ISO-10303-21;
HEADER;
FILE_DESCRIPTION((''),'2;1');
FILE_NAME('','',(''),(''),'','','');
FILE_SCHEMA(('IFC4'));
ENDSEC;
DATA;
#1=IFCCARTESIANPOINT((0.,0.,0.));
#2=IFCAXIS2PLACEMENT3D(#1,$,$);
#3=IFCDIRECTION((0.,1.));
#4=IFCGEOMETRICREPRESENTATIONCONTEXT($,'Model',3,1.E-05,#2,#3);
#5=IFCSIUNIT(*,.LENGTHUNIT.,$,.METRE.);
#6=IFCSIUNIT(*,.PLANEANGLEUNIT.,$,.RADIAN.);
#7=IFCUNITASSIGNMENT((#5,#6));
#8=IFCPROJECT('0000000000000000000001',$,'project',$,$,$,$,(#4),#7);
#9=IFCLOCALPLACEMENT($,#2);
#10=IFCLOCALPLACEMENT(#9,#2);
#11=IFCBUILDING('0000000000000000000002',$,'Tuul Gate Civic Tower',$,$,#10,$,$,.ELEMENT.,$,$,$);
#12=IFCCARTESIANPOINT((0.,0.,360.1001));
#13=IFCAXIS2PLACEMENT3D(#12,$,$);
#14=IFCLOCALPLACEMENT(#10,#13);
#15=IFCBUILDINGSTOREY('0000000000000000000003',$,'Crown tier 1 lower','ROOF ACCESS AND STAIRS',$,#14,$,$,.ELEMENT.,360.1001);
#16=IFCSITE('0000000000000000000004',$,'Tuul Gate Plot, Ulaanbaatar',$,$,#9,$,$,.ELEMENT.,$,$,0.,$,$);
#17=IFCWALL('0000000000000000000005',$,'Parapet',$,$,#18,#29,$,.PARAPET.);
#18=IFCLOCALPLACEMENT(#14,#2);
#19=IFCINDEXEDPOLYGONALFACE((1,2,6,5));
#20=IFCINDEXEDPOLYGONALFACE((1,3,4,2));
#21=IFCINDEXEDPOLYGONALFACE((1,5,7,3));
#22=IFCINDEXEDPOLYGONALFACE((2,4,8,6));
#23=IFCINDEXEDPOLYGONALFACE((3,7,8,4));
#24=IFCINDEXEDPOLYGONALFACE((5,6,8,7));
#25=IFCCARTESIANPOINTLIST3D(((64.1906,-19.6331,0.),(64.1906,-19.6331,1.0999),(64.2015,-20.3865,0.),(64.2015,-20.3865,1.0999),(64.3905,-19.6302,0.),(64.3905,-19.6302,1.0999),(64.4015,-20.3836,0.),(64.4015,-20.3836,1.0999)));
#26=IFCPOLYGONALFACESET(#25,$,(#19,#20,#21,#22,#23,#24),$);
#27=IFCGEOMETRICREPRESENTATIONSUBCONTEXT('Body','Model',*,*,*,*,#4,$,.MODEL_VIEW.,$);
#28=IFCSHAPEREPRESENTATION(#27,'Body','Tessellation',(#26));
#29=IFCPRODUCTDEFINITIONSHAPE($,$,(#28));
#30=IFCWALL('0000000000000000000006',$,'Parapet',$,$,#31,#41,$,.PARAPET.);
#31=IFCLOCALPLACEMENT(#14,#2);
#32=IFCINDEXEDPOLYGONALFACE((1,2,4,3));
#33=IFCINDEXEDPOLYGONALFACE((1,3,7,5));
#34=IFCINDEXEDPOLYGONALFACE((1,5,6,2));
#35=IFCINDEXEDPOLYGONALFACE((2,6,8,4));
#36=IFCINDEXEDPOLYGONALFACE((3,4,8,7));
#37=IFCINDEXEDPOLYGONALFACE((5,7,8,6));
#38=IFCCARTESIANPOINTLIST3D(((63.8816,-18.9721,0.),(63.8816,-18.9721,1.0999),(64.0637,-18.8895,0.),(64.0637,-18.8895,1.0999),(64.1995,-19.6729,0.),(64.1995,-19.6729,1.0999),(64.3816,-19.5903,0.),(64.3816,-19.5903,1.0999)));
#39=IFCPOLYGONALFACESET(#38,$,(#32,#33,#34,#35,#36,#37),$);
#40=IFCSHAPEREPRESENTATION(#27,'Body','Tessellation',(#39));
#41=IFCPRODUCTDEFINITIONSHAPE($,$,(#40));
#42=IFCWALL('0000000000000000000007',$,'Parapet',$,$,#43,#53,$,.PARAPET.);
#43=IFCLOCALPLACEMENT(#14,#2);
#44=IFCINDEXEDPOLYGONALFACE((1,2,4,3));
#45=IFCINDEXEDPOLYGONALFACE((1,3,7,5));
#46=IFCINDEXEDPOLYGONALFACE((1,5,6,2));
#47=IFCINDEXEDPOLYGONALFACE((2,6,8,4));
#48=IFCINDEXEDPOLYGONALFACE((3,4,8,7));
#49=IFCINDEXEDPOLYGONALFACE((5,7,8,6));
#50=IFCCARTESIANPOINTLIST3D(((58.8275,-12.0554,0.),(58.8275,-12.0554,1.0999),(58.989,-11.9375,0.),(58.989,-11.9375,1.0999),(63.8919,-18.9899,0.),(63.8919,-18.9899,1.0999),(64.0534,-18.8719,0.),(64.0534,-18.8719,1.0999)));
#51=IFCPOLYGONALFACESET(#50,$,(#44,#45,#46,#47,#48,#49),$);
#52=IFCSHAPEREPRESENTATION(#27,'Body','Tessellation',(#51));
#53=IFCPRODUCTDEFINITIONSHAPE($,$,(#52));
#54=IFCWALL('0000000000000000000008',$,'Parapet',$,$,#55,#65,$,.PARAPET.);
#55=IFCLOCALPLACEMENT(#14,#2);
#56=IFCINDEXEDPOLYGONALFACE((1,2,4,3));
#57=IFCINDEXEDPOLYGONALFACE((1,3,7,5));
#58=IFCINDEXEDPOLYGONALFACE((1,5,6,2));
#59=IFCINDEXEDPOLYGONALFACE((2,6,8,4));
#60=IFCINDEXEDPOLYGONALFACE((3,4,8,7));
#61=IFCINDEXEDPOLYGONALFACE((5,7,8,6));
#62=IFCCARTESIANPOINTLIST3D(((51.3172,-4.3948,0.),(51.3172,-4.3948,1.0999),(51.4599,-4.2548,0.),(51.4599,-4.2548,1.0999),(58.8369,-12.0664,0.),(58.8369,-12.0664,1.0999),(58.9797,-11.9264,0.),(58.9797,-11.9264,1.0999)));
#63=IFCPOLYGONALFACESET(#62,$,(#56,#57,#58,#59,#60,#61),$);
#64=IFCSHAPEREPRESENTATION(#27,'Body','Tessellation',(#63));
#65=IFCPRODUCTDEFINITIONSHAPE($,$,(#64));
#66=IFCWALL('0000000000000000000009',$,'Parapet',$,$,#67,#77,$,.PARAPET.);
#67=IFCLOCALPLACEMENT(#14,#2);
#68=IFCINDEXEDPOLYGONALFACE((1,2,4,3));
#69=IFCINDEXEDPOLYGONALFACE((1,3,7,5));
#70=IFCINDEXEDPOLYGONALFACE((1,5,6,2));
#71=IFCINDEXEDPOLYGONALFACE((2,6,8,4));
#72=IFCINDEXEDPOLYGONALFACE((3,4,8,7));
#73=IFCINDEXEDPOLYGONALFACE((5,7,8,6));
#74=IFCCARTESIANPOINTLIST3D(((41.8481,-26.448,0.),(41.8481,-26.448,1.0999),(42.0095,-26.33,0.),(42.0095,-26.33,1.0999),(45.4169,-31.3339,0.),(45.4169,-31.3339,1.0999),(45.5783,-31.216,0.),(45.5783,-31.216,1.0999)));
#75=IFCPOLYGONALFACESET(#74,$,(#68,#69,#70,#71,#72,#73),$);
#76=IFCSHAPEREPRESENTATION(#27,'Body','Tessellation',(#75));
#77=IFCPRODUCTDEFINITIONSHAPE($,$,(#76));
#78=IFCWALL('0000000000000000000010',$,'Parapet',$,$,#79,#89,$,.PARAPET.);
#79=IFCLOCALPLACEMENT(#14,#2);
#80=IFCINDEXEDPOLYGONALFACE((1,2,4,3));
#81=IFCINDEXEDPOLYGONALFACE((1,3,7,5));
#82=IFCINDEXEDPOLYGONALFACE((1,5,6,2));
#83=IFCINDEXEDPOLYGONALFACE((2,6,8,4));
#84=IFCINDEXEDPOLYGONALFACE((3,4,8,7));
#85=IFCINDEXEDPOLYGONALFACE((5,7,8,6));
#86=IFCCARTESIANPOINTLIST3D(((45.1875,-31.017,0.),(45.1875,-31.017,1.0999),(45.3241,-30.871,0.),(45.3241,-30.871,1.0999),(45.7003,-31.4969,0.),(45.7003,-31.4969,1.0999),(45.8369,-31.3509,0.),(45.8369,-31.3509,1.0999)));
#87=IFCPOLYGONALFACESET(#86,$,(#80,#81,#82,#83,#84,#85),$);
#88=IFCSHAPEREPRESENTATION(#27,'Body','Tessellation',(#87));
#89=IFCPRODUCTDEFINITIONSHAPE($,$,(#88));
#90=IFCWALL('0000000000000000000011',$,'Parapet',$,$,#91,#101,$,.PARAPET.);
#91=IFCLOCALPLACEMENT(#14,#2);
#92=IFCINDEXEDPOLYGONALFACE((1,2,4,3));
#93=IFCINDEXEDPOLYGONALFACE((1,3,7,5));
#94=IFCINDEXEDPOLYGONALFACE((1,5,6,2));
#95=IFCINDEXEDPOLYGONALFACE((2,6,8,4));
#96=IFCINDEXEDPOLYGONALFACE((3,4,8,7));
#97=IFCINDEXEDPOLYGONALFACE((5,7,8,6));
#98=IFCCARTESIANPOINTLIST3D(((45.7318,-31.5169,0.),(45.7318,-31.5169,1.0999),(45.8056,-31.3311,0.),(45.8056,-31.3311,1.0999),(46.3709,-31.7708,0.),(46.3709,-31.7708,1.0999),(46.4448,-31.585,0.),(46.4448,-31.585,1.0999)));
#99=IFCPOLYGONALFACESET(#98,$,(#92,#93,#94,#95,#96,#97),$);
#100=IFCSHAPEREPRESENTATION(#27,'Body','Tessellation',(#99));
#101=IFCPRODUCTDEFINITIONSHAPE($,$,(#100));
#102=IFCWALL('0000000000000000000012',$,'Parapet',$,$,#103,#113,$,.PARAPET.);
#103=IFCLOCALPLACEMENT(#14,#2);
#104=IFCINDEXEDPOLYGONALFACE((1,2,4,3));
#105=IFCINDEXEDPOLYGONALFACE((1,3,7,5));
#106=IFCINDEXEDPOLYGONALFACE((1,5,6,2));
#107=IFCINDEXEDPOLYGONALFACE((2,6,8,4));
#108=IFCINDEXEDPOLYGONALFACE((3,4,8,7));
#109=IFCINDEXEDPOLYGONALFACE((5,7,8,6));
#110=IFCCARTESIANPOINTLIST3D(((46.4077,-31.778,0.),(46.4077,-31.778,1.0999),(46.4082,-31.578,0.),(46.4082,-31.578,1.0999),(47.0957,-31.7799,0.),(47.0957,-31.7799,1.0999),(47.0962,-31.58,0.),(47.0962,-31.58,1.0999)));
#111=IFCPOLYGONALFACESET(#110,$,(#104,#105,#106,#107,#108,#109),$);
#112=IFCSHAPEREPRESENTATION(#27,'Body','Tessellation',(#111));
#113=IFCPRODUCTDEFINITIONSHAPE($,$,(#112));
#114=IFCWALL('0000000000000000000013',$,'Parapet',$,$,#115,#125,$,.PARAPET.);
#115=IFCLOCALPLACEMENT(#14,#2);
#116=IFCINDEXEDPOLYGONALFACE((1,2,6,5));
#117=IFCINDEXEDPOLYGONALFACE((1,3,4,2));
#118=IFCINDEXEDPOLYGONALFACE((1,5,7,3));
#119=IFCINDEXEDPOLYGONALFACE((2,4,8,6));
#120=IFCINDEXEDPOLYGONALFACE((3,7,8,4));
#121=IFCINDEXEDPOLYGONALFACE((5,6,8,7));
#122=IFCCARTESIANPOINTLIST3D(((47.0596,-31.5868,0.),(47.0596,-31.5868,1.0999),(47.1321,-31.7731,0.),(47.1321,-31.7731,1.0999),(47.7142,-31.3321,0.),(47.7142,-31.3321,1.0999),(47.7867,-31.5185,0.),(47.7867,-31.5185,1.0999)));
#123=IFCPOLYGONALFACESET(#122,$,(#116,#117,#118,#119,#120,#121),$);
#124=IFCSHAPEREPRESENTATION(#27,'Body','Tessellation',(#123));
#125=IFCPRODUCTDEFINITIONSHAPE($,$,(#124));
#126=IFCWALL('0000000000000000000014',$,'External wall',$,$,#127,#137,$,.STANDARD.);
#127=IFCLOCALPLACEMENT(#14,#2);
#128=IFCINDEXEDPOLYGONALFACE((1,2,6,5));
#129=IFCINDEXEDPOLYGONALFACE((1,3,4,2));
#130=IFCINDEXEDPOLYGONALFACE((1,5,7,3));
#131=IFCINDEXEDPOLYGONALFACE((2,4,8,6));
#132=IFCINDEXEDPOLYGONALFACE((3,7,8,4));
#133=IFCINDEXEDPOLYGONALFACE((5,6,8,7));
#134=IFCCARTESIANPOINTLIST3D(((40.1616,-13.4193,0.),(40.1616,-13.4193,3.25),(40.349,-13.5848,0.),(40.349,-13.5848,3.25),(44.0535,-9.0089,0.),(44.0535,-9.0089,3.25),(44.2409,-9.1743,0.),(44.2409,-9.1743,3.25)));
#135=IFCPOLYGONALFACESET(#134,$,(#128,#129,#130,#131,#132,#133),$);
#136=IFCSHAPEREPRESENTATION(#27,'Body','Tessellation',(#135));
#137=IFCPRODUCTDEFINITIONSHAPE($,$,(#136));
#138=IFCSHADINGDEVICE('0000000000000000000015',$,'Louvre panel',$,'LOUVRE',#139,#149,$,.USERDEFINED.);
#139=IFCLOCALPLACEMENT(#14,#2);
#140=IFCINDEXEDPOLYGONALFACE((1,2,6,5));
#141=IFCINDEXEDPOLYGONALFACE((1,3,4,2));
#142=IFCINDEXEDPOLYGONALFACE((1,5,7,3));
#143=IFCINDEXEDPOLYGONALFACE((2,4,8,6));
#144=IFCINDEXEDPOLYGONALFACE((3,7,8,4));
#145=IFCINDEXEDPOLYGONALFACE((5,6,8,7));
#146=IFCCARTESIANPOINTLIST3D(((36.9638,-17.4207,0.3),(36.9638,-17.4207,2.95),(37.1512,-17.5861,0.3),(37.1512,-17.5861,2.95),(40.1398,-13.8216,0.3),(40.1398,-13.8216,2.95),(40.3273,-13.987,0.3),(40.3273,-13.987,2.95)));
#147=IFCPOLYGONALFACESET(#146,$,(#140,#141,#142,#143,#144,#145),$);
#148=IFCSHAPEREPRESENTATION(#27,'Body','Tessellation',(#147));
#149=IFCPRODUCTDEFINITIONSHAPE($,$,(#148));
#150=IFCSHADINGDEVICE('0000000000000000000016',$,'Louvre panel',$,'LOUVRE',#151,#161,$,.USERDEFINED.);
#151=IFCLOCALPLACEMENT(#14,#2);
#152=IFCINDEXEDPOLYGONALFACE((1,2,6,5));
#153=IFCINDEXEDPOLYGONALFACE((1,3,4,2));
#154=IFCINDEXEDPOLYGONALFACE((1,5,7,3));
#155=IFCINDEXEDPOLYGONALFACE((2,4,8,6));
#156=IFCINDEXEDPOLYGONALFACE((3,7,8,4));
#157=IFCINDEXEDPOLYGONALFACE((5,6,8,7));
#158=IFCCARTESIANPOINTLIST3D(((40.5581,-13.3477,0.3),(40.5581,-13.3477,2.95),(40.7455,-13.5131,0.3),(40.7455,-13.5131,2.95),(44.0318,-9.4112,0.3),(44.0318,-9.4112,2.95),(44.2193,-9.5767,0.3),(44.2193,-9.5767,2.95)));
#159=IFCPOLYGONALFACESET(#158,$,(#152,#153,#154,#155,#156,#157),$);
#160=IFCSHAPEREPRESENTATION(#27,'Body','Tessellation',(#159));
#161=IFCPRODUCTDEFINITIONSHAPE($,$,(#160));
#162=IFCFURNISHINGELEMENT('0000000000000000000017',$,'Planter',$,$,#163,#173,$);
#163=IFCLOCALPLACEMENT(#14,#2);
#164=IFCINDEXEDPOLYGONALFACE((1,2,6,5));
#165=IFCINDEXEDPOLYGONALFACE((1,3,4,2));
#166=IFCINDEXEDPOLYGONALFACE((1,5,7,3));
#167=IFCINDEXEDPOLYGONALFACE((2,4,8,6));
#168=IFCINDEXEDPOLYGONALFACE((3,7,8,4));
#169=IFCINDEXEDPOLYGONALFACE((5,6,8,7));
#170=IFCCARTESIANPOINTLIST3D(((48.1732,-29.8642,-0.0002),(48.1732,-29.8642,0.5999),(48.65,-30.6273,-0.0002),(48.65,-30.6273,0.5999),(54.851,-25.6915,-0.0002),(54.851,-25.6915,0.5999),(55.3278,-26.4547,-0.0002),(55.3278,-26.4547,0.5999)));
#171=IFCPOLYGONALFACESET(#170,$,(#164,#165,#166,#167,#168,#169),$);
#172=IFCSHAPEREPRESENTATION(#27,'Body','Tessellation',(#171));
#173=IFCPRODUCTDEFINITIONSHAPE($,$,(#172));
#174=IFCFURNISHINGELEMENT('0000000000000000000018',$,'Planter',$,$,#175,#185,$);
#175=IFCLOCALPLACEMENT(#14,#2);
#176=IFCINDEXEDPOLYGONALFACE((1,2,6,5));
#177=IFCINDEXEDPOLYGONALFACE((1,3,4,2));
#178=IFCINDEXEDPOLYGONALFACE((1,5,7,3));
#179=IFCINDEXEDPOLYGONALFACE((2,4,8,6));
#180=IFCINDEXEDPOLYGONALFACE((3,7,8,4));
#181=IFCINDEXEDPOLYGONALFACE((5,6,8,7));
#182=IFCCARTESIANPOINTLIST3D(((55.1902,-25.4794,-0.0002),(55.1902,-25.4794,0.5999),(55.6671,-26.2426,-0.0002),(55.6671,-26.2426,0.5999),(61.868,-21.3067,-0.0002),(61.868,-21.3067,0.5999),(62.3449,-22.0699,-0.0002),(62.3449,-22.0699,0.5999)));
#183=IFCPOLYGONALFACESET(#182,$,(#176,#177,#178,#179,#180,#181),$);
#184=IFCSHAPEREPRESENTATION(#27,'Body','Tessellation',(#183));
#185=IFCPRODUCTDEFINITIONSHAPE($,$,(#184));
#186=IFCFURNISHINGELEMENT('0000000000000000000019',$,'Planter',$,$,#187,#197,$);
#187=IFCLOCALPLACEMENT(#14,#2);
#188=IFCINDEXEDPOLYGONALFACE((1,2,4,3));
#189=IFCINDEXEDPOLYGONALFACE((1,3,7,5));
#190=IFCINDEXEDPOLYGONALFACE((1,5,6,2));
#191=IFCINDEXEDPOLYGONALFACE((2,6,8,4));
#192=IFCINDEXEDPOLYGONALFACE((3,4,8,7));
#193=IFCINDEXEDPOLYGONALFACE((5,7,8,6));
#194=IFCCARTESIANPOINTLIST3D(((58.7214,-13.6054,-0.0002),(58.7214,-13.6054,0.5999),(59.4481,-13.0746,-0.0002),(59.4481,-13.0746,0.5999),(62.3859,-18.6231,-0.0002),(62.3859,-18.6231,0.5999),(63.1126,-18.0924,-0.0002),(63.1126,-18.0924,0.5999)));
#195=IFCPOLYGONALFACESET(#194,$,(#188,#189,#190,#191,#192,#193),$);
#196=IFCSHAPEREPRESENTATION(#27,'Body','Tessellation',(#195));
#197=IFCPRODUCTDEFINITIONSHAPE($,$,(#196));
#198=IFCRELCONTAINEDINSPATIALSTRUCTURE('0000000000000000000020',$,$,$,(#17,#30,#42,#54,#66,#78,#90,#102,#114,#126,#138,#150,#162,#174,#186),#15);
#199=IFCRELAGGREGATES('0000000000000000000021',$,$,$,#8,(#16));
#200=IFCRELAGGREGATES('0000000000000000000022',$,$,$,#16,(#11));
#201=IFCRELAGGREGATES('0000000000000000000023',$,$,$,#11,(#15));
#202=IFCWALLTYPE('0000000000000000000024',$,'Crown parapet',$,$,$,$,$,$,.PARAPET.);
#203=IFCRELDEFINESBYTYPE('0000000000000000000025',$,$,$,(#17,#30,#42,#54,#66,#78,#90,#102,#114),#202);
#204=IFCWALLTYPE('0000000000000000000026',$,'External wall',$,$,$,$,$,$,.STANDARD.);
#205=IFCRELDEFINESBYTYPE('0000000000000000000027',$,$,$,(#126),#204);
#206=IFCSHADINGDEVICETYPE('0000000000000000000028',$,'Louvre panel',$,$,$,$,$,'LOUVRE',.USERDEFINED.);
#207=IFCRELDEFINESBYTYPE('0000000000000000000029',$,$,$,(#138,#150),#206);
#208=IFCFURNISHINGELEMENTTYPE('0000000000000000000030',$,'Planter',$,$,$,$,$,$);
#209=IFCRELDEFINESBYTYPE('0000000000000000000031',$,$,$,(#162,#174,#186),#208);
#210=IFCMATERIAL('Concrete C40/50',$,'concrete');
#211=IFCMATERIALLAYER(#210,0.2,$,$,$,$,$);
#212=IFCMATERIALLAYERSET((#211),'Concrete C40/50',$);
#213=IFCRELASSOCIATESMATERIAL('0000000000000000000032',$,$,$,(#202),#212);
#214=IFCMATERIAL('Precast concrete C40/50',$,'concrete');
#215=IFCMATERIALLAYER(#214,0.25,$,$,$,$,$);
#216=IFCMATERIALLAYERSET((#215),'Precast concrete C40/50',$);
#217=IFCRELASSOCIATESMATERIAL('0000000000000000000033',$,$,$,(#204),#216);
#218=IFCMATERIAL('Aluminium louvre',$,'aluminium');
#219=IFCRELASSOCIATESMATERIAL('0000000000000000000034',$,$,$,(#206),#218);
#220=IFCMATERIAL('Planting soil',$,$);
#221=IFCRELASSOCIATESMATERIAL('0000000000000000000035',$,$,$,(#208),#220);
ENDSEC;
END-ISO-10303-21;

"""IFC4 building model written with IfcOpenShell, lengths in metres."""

from ifc_helpers import new_model, si_unit, direction, frame, frame_2d, origin, origin_2d, place, context, subcontext, project, spatial, rectangle, extrude, material, layer, layer_set, type_object, element, save


model = new_model("IFC4")

# Units and contexts
model_context = context("Model", 3, precision=1e-05, world=origin(), true_north=direction((0.0, 1.0)))
body_context = subcontext(model_context, "Body", "Model", "MODEL_VIEW")
ifc_project = project(units=[si_unit("LENGTHUNIT", "METRE"), si_unit("PLANEANGLEUNIT", "RADIAN")], contexts=[model_context])

# Site, building, storey
site_placement = place(None, origin())
site = spatial("IfcSite", under=ifc_project, at=site_placement, Name="Tuul Gate Plot, Ulaanbaatar", CompositionType="ELEMENT", RefElevation=0.0)
building_placement = place(site_placement, origin())
building = spatial("IfcBuilding", under=site, at=building_placement, Name="Tuul Gate Civic Tower", CompositionType="ELEMENT")
storey_placement = place(building_placement, frame((0.0, 0.0, 360.1001)))
storey = spatial("IfcBuildingStorey", under=building, at=storey_placement, Name="Crown tier 1 lower", Description="ROOF ACCESS AND STAIRS", CompositionType="ELEMENT", Elevation=360.1001)

# Walls
ifc_material_1 = material(Name="Concrete C40/50", Category="concrete")
ifc_layer_1 = layer(ifc_material_1, 0.2)
ifc_layer_set_1 = layer_set([ifc_layer_1], Name="Concrete C40/50")
wall_type_1 = type_object("IfcWallType", Name="Crown parapet", PredefinedType="PARAPET", material=ifc_layer_set_1)
wall_1_placement = place(storey_placement, frame((64.3015, -20.385, 0.0), z_axis=(0.0, 0.0, 1.0), x_axis=(-0.01458, 0.999894, 0.0)))
element("IfcWall", 1, at=wall_1_placement, inside=storey, type_object=wall_type_1, Name="Parapet", PredefinedType="PARAPET", context=body_context, shape_type="SweptSolid", body=[
    extrude(rectangle(XDim=0.7534, YDim=0.2, at=frame_2d((0.3767, 0.0))), origin(), (0.0, 0.0, 1.0), 1.0999),
])
wall_2_placement = place(storey_placement, frame((64.2905, -19.6316, 0.0), z_axis=(0.0, 0.0, 1.0), x_axis=(-0.413133, 0.91067, 0.0)))
element("IfcWall", 2, at=wall_2_placement, inside=storey, type_object=wall_type_1, Name="Parapet", PredefinedType="PARAPET", context=body_context, shape_type="SweptSolid", body=[
    extrude(rectangle(XDim=0.7695, YDim=0.2, at=frame_2d((0.3848, 0.0))), origin(), (0.0, 0.0, 1.0), 1.0999),
])
wall_3_placement = place(storey_placement, frame((63.9727, -18.9309, 0.0), z_axis=(0.0, 0.0, 1.0), x_axis=(-0.58978, 0.807564, 0.0)))
element("IfcWall", 3, at=wall_3_placement, inside=storey, type_object=wall_type_1, Name="Parapet", PredefinedType="PARAPET", context=body_context, shape_type="SweptSolid", body=[
    extrude(rectangle(XDim=8.5869, YDim=0.2, at=frame_2d((4.2935, 0.0))), origin(), (0.0, 0.0, 1.0), 1.0999),
])
wall_4_placement = place(storey_placement, frame((58.9082, -11.9963, 0.0), z_axis=(0.0, 0.0, 1.0), x_axis=(-0.700003, 0.714139, 0.0)))
element("IfcWall", 4, at=wall_4_placement, inside=storey, type_object=wall_type_1, Name="Parapet", PredefinedType="PARAPET", context=body_context, shape_type="SweptSolid", body=[
    extrude(rectangle(XDim=10.7424, YDim=0.2, at=frame_2d((5.3711, 0.0))), origin(), (0.0, 0.0, 1.0), 1.0999),
])
wall_5_placement = place(storey_placement, frame((41.9287, -26.3889, 0.0), z_axis=(0.0, 0.0, 1.0), x_axis=(0.589835, -0.807523, 0.0)))
element("IfcWall", 5, at=wall_5_placement, inside=storey, type_object=wall_type_1, Name="Parapet", PredefinedType="PARAPET", context=body_context, shape_type="SweptSolid", body=[
    extrude(rectangle(XDim=6.0505, YDim=0.2, at=frame_2d((3.0254, 0.0))), origin(), (0.0, 0.0, 1.0), 1.0999),
])
wall_6_placement = place(storey_placement, frame((45.2559, -30.9441, 0.0), z_axis=(0.0, 0.0, 1.0), x_axis=(0.730176, -0.683259, 0.0)))
element("IfcWall", 6, at=wall_6_placement, inside=storey, type_object=wall_type_1, Name="Parapet", PredefinedType="PARAPET", context=body_context, shape_type="SweptSolid", body=[
    extrude(rectangle(XDim=0.7024, YDim=0.2, at=frame_2d((0.3511, 0.0))), origin(), (0.0, 0.0, 1.0), 1.0999),
])
wall_7_placement = place(storey_placement, frame((45.7688, -31.4241, 0.0), z_axis=(0.0, 0.0, 1.0), x_axis=(0.929355, -0.369186, 0.0)))
element("IfcWall", 7, at=wall_7_placement, inside=storey, type_object=wall_type_1, Name="Parapet", PredefinedType="PARAPET", context=body_context, shape_type="SweptSolid", body=[
    extrude(rectangle(XDim=0.6877, YDim=0.2, at=frame_2d((0.3438, 0.0))), origin(), (0.0, 0.0, 1.0), 1.0999),
])
wall_8_placement = place(storey_placement, frame((46.408, -31.678, 0.0), z_axis=(0.0, 0.0, 1.0), x_axis=(0.999996, -0.002839, 0.0)))
element("IfcWall", 8, at=wall_8_placement, inside=storey, type_object=wall_type_1, Name="Parapet", PredefinedType="PARAPET", context=body_context, shape_type="SweptSolid", body=[
    extrude(rectangle(XDim=0.688, YDim=0.2, at=frame_2d((0.344, 0.0))), origin(), (0.0, 0.0, 1.0), 1.0999),
])
wall_9_placement = place(storey_placement, frame((47.0959, -31.6799, 0.0), z_axis=(0.0, 0.0, 1.0), x_axis=(0.931959, 0.362564, 0.0)))
element("IfcWall", 9, at=wall_9_placement, inside=storey, type_object=wall_type_1, Name="Parapet", PredefinedType="PARAPET", context=body_context, shape_type="SweptSolid", body=[
    extrude(rectangle(XDim=0.7024, YDim=0.2, at=frame_2d((0.3511, 0.0))), origin(), (0.0, 0.0, 1.0), 1.0999),
])
ifc_material_2 = material(Name="Precast concrete C40/50", Category="concrete")
ifc_layer_2 = layer(ifc_material_2, 0.25)
ifc_layer_set_2 = layer_set([ifc_layer_2], Name="Precast concrete C40/50")
wall_type_2 = type_object("IfcWallType", Name="External wall", PredefinedType="STANDARD", material=ifc_layer_set_2)
wall_10_placement = place(storey_placement, frame((40.2554, -13.502, 0.0), z_axis=(0.0, 0.0, 1.0), x_axis=(0.661652, 0.749811, 0.0)))
element("IfcWall", 10, at=wall_10_placement, inside=storey, type_object=wall_type_2, Name="External wall", PredefinedType="STANDARD", context=body_context, shape_type="SweptSolid", body=[
    extrude(rectangle(XDim=5.8821, YDim=0.25, at=frame_2d((2.9409, 0.0))), origin(), (0.0, 0.0, 1.0), 3.25),
])

# Shading devices
ifc_material_3 = material(Name="Aluminium louvre", Category="aluminium")
shading_device_type = type_object("IfcShadingDeviceType", Name="Louvre panel", ElementType="LOUVRE", PredefinedType="USERDEFINED", material=ifc_material_3)
shading_device_1_placement = place(storey_placement, frame((38.6455, -15.7039, 0.3), z_axis=(0.0, 0.0, 1.0), x_axis=(0.749793, -0.661672, 0.0)))
element("IfcShadingDevice", 11, at=shading_device_1_placement, inside=storey, type_object=shading_device_type, Name="Louvre panel", ObjectType="LOUVRE", PredefinedType="USERDEFINED", context=body_context, shape_type="SweptSolid", body=[
    extrude(rectangle(XDim=0.25, YDim=4.8, at=origin_2d()), origin(), (0.0, 0.0, 1.0), 2.6499),
])
shading_device_2_placement = place(storey_placement, frame((42.3887, -11.4622, 0.3), z_axis=(0.0, 0.0, 1.0), x_axis=(0.749793, -0.661672, 0.0)))
element("IfcShadingDevice", 12, at=shading_device_2_placement, inside=storey, type_object=shading_device_type, Name="Louvre panel", ObjectType="LOUVRE", PredefinedType="USERDEFINED", context=body_context, shape_type="SweptSolid", body=[
    extrude(rectangle(XDim=0.25, YDim=5.25, at=origin_2d()), origin(), (0.0, 0.0, 1.0), 2.6499),
])

# Furnishing elements
ifc_material_4 = material(Name="Planting soil")
furnishing_element_type = type_object("IfcFurnishingElementType", Name="Planter", material=ifc_material_4)
for number, where, z_axis, x_axis, name in (
    (13, (51.7505, -28.1594, -0.0002), (0.0, 0.0, 1.0), (0.848053, 0.529912, 0.0), "Planter"),
    (14, (58.7676, -23.7747, -0.0002), (0.0, 0.0, 1.0), (0.848053, 0.529912, 0.0), "Planter"),
):
    element("IfcFurnishingElement", number, at=place(storey_placement, frame(where, z_axis=z_axis, x_axis=x_axis)), inside=storey, type_object=furnishing_element_type, Name=name, context=body_context, shape_type="SweptSolid", body=[
        extrude(rectangle(XDim=7.8743, YDim=0.8999, at=origin_2d()), origin(), (0.0, 0.0, 1.0), 0.6001),
    ])
furnishing_1_placement = place(storey_placement, frame((60.917, -15.8489, -0.0002), z_axis=(0.0, 0.0, 1.0), x_axis=(-0.589772, 0.80757, 0.0)))
element("IfcFurnishingElement", 15, at=furnishing_1_placement, inside=storey, type_object=furnishing_element_type, Name="Planter", context=body_context, shape_type="SweptSolid", body=[
    extrude(rectangle(XDim=6.2134, YDim=0.8999, at=origin_2d()), origin(), (0.0, 0.0, 1.0), 0.6001),
])

save(model, "model.ifc")
